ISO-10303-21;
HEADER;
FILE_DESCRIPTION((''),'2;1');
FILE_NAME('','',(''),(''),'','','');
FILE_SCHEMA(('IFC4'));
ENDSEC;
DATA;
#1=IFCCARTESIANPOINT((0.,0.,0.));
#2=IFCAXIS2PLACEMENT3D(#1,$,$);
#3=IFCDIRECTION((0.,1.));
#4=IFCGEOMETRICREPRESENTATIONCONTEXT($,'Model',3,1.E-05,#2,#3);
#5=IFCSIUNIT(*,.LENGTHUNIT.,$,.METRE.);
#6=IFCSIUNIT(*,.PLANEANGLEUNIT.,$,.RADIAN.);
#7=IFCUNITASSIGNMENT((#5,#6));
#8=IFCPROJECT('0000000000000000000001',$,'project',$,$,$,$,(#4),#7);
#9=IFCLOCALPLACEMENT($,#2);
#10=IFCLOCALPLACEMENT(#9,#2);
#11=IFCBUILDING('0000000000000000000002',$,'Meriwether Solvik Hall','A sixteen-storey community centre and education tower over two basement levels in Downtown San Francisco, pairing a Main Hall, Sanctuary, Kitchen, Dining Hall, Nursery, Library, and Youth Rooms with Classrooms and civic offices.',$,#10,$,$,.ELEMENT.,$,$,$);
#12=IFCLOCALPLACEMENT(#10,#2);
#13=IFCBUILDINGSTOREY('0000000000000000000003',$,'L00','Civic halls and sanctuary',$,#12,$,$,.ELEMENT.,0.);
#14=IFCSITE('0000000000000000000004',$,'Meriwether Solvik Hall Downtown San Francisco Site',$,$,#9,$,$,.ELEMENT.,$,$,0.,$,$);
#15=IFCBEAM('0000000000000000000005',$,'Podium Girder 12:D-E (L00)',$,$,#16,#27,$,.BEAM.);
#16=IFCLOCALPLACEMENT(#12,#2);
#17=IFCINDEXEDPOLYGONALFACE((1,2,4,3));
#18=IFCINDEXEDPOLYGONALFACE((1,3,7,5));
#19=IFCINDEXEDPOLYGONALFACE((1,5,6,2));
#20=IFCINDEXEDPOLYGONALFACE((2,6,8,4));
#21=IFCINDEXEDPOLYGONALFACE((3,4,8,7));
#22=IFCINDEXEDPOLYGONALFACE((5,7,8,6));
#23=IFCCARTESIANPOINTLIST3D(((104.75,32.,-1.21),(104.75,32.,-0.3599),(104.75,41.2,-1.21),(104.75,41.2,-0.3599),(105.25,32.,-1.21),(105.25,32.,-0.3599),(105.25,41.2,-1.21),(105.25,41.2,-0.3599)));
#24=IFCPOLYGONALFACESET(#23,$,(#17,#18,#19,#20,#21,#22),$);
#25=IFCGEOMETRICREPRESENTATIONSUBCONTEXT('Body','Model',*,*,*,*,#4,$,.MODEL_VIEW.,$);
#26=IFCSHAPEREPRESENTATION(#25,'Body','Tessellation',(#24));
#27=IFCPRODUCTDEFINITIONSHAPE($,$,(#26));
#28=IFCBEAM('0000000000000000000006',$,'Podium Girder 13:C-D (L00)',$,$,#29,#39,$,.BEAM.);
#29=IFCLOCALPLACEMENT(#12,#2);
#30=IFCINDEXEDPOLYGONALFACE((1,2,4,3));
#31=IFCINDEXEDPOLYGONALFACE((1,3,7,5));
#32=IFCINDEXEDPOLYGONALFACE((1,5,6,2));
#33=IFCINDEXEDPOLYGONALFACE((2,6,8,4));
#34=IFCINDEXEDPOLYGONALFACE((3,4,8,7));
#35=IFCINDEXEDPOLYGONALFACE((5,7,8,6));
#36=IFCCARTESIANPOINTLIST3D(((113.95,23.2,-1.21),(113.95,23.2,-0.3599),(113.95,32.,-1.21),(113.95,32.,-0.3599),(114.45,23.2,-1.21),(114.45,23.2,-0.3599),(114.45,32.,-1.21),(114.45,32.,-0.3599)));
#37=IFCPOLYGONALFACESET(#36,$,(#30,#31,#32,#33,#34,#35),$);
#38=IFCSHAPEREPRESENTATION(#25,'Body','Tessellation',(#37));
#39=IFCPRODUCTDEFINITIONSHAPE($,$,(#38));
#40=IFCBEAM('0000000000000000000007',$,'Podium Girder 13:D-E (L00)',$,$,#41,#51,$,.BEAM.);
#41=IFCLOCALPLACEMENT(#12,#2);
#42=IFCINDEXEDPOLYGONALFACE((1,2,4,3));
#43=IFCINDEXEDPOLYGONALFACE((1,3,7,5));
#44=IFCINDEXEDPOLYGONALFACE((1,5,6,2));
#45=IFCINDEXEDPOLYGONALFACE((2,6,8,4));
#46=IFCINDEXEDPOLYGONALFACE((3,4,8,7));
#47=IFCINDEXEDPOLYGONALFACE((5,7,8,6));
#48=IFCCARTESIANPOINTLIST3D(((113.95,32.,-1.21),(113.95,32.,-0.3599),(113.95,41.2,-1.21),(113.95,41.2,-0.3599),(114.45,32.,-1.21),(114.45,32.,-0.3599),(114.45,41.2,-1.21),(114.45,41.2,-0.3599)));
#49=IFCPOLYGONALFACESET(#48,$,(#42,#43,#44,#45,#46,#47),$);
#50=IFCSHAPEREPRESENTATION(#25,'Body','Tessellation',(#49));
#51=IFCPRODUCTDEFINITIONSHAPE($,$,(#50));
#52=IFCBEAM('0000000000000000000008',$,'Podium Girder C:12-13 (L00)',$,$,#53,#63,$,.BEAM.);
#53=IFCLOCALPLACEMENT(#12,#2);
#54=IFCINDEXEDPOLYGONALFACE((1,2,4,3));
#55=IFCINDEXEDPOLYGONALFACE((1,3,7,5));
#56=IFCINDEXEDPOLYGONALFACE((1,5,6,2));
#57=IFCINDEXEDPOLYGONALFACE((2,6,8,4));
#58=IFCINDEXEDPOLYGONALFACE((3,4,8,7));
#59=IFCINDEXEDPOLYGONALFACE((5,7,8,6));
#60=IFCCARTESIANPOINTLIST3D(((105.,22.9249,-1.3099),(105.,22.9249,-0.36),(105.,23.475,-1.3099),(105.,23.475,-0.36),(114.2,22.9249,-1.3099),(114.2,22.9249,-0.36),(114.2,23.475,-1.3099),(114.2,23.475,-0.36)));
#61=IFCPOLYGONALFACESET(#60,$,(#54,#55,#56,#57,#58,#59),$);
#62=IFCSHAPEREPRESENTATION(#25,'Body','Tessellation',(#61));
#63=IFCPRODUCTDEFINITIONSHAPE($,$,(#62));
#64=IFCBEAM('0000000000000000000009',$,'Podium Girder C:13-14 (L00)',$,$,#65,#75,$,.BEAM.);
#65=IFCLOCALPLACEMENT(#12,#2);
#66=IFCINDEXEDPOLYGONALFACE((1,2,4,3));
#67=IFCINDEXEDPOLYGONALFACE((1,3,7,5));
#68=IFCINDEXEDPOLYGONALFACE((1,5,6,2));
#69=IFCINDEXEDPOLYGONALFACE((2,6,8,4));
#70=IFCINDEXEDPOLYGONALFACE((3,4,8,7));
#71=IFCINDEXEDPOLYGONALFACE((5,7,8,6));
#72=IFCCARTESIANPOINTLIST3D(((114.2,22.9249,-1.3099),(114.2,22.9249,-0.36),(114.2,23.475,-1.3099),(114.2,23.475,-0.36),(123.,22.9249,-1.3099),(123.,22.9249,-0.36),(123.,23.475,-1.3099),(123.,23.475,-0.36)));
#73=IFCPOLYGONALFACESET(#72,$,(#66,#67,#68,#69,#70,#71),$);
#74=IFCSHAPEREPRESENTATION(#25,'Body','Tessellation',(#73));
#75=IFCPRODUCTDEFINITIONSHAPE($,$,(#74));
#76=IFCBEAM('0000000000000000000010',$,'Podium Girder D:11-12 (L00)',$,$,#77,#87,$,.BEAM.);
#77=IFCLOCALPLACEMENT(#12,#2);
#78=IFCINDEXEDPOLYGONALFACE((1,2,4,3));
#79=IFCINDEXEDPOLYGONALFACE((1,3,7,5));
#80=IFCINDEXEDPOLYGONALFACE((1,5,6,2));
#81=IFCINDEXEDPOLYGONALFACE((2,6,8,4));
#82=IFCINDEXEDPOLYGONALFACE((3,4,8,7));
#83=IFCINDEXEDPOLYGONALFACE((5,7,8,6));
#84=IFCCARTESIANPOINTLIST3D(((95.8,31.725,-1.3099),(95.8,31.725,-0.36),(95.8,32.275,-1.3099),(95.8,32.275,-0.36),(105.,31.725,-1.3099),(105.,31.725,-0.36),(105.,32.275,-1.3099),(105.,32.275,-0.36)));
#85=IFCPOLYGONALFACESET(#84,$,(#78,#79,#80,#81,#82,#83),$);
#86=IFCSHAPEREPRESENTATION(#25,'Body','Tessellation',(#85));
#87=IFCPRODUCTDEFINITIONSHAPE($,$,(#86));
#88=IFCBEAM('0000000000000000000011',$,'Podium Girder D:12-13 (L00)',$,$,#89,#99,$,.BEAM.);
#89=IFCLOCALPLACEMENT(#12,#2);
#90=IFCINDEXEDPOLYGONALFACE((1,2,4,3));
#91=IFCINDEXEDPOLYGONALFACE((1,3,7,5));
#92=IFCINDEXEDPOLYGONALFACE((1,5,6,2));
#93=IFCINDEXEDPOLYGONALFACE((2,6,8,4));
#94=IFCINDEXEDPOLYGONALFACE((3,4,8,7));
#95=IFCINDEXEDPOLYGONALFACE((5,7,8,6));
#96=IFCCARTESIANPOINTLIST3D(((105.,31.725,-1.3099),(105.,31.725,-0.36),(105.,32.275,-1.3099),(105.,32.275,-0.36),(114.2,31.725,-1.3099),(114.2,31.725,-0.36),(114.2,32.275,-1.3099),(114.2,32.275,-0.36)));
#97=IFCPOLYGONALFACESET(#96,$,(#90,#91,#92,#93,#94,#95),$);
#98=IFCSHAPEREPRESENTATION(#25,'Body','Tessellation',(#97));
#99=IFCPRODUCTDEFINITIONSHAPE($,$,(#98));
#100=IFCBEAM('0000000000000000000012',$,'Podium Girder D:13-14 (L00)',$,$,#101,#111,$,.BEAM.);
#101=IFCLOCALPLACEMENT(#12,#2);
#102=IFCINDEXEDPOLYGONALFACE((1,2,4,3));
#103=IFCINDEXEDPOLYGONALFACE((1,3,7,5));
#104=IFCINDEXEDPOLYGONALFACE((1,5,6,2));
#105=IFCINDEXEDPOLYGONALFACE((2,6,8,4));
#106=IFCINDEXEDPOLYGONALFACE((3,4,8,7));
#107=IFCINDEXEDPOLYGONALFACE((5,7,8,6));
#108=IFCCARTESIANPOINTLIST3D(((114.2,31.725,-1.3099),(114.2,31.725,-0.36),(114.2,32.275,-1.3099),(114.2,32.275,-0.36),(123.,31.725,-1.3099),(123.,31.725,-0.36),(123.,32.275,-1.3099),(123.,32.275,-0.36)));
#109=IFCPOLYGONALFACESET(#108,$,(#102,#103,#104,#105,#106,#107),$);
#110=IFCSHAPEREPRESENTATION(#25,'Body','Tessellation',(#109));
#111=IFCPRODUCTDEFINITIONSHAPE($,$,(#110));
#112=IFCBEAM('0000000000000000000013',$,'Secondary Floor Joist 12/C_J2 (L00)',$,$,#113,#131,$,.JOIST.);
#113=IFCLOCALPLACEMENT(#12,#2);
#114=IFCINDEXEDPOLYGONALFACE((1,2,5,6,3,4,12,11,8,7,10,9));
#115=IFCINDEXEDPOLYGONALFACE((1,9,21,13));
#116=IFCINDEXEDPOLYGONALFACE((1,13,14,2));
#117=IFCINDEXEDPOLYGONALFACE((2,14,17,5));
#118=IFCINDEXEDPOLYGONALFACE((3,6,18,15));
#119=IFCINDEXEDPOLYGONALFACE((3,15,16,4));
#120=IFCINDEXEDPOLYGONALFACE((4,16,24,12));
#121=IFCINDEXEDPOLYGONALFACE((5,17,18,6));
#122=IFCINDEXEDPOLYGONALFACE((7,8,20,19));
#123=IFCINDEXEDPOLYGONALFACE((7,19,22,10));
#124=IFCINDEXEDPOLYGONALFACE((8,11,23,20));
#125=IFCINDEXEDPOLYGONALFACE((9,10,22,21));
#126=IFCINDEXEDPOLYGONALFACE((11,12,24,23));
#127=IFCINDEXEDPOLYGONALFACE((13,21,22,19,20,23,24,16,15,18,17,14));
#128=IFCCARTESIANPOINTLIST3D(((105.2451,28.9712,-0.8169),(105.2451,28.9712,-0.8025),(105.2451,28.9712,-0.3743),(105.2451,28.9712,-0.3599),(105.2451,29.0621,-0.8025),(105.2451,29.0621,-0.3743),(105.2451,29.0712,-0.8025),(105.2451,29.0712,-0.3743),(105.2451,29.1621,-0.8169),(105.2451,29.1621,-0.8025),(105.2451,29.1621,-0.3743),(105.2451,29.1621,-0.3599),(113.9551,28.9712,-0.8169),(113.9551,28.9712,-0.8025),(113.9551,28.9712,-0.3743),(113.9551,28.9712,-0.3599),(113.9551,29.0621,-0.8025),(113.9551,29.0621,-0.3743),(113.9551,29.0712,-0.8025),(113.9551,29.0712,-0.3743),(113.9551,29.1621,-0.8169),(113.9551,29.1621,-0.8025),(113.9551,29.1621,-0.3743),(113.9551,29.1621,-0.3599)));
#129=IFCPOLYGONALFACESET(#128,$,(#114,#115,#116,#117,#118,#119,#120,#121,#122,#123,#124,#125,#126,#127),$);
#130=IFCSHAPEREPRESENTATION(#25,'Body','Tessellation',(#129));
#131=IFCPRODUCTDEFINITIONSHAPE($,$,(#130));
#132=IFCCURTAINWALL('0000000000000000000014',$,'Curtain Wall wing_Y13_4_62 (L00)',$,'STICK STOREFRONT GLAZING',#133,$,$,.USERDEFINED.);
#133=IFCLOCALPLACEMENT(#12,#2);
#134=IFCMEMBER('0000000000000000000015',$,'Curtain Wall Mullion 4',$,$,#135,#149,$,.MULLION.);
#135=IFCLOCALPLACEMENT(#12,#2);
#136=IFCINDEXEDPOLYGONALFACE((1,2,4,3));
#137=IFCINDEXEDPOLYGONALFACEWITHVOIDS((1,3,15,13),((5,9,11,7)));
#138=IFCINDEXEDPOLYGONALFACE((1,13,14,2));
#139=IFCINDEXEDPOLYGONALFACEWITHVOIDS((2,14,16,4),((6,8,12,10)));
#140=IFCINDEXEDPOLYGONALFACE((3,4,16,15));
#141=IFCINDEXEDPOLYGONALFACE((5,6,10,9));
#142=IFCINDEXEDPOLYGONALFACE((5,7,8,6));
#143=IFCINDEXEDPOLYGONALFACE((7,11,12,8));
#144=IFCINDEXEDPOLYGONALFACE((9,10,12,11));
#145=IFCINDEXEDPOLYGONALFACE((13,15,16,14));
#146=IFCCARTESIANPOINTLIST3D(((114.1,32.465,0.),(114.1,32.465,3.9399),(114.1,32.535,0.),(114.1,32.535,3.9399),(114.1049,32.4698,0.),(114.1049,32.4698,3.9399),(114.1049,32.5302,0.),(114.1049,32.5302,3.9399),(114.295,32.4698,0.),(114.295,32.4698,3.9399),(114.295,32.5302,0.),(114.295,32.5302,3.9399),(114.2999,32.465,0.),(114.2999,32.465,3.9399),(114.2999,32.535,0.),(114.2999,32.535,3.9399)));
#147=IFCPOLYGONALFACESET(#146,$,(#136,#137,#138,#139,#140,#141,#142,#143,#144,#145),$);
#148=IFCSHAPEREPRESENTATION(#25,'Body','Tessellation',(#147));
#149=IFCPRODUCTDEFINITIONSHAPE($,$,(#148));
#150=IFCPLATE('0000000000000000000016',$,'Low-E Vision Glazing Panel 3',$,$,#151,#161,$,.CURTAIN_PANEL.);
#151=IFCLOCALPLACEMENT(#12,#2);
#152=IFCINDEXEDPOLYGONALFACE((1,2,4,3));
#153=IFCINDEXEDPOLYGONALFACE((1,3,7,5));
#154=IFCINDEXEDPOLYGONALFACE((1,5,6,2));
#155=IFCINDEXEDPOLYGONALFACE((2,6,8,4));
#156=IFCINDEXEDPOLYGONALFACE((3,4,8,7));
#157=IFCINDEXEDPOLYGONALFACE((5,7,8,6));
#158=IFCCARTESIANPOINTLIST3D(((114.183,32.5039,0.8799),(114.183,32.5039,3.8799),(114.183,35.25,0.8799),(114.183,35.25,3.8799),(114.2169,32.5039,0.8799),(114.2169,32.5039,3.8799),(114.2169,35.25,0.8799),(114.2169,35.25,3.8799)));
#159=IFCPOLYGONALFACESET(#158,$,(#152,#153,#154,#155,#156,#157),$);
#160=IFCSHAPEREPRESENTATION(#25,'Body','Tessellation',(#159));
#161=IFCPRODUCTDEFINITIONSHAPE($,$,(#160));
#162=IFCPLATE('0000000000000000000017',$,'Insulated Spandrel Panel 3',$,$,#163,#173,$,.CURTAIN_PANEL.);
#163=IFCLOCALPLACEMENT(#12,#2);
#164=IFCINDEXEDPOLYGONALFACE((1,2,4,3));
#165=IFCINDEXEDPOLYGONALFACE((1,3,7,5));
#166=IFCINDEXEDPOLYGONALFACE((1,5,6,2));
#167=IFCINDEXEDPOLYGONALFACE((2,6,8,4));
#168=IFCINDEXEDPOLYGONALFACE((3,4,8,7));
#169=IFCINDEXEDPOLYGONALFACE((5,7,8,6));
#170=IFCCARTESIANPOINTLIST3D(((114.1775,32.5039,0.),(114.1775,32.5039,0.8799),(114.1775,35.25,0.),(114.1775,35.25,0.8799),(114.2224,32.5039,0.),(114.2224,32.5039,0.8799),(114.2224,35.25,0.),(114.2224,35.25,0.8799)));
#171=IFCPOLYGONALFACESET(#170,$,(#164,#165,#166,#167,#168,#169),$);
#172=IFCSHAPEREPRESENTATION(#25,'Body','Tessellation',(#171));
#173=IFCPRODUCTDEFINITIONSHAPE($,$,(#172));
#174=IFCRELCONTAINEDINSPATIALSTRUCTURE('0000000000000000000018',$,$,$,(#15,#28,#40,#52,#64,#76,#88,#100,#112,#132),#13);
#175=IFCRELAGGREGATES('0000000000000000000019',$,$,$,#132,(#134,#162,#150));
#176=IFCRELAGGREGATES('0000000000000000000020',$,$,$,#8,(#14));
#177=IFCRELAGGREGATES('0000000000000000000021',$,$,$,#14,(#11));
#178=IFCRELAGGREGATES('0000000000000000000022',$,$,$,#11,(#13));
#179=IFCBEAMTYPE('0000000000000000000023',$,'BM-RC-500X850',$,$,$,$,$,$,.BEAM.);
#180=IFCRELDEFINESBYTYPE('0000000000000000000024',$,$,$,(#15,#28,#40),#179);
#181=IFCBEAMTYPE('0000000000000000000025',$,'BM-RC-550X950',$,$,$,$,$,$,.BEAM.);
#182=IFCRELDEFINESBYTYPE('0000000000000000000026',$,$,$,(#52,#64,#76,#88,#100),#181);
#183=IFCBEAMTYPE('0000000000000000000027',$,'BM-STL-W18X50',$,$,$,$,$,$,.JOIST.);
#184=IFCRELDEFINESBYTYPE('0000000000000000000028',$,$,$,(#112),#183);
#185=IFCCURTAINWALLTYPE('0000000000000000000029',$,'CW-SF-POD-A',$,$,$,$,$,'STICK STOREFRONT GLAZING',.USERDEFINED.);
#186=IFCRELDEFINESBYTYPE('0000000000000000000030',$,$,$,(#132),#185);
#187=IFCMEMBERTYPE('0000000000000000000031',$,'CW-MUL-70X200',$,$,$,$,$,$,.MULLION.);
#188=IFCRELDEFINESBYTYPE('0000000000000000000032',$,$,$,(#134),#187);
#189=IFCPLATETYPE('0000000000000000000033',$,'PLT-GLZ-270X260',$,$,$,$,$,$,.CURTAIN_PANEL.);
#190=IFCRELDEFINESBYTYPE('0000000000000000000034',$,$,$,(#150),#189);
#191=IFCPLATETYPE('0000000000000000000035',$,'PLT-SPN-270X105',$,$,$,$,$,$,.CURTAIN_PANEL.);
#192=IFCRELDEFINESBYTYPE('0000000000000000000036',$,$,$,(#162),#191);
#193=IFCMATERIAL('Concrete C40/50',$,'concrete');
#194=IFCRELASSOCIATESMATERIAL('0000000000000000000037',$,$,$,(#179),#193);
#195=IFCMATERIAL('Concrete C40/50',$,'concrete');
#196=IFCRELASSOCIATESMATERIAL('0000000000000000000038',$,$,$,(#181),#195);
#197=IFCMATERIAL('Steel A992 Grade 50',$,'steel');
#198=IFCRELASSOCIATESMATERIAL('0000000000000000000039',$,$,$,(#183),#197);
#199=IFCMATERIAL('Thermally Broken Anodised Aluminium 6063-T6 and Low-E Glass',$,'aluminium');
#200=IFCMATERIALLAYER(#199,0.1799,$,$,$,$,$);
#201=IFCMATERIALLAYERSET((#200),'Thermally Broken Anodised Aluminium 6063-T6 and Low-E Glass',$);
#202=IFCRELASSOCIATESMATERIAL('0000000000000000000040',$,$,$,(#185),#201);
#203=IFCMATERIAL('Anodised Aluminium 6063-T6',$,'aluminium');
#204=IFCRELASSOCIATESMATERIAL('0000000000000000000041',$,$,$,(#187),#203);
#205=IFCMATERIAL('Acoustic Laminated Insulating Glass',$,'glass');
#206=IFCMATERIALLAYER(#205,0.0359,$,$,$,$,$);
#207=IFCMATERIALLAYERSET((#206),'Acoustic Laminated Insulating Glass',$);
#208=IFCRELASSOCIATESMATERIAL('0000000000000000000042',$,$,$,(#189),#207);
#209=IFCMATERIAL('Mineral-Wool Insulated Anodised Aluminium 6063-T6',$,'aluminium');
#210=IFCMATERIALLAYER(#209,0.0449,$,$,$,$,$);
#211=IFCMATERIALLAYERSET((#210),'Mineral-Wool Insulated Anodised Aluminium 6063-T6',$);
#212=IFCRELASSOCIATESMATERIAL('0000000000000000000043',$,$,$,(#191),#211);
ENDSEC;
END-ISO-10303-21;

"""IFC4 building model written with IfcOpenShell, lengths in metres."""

from ifc_helpers import new_model, si_unit, direction, frame, origin, origin_2d, place, context, subcontext, project, spatial, rectangle, hollow_rectangle, i_section, extrude, material, layer, layer_set, material_profile, profile_set, type_object, element, aggregate, save


model = new_model("IFC4")

# Units and contexts
model_context = context("Model", 3, precision=1e-05, world=origin(), true_north=direction((0.0, 1.0)))
body_context = subcontext(model_context, "Body", "Model", "MODEL_VIEW")
ifc_project = project(units=[si_unit("LENGTHUNIT", "METRE"), si_unit("PLANEANGLEUNIT", "RADIAN")], contexts=[model_context])

# Site, building, storey
site_placement = place(None, origin())
site = spatial("IfcSite", under=ifc_project, at=site_placement, Name="Meriwether Solvik Hall Downtown San Francisco Site", CompositionType="ELEMENT", RefElevation=0.0)
building_placement = place(site_placement, origin())
building = spatial("IfcBuilding", under=site, at=building_placement, Name="Meriwether Solvik Hall", Description="A sixteen-storey community centre and education tower over two basement levels in Downtown San Francisco, pairing a Main Hall, Sanctuary, Kitchen, Dining Hall, Nursery, Library, and Youth Rooms with Classrooms and civic offices.", CompositionType="ELEMENT")
storey_placement = place(building_placement, origin())
storey = spatial("IfcBuildingStorey", under=building, at=storey_placement, Name="L00", Description="Civic halls and sanctuary", CompositionType="ELEMENT", Elevation=0.0)

# Beams
ifc_material_1 = material(Name="Concrete C40/50", Category="concrete")
ifc_material_profile_1 = material_profile(ifc_material_1, rectangle(XDim=0.5, YDim=0.8501, at=origin_2d()), Name="RCB-500X850")
ifc_profile_set_1 = profile_set([ifc_material_profile_1], Name="Concrete C40/50")
beam_type_1 = type_object("IfcBeamType", Name="BM-RC-500X850", PredefinedType="BEAM", material=ifc_profile_set_1)
beam_1_placement = place(storey_placement, frame((105.0, 32.0, -0.7849), z_axis=(0.0, 1.0, 0.0), x_axis=(-1.0, 0.0, 0.0)))
element("IfcBeam", 1, at=beam_1_placement, inside=storey, type_object=beam_type_1, Name="Podium Girder 12:D-E (L00)", PredefinedType="BEAM", context=body_context, shape_type="SweptSolid", body=[
    extrude(rectangle(XDim=0.5, YDim=0.8501, at=origin_2d()), origin(), (0.0, 0.0, 1.0), 9.2),
])
beam_2_placement = place(storey_placement, frame((114.2, 23.2, -0.7849), z_axis=(0.0, 1.0, 0.0), x_axis=(-1.0, 0.0, 0.0)))
element("IfcBeam", 2, at=beam_2_placement, inside=storey, type_object=beam_type_1, Name="Podium Girder 13:C-D (L00)", PredefinedType="BEAM", context=body_context, shape_type="SweptSolid", body=[
    extrude(rectangle(XDim=0.5, YDim=0.8501, at=origin_2d()), origin(), (0.0, 0.0, 1.0), 8.8),
])
beam_3_placement = place(storey_placement, frame((114.2, 32.0, -0.7849), z_axis=(0.0, 1.0, 0.0), x_axis=(-1.0, 0.0, 0.0)))
element("IfcBeam", 3, at=beam_3_placement, inside=storey, type_object=beam_type_1, Name="Podium Girder 13:D-E (L00)", PredefinedType="BEAM", context=body_context, shape_type="SweptSolid", body=[
    extrude(rectangle(XDim=0.5, YDim=0.8501, at=origin_2d()), origin(), (0.0, 0.0, 1.0), 9.2),
])
ifc_material_2 = material(Name="Concrete C40/50", Category="concrete")
ifc_material_profile_2 = material_profile(ifc_material_2, rectangle(XDim=0.55, YDim=0.95, at=origin_2d()), Name="RCB-550X950")
ifc_profile_set_2 = profile_set([ifc_material_profile_2], Name="Concrete C40/50")
beam_type_2 = type_object("IfcBeamType", Name="BM-RC-550X950", PredefinedType="BEAM", material=ifc_profile_set_2)
beam_4_placement = place(storey_placement, frame((105.0, 23.2, -0.835), z_axis=(1.0, 0.0, 0.0), x_axis=(0.0, 1.0, 0.0)))
element("IfcBeam", 4, at=beam_4_placement, inside=storey, type_object=beam_type_2, Name="Podium Girder C:12-13 (L00)", PredefinedType="BEAM", context=body_context, shape_type="SweptSolid", body=[
    extrude(rectangle(XDim=0.55, YDim=0.95, at=origin_2d()), origin(), (0.0, 0.0, 1.0), 9.2),
])
beam_5_placement = place(storey_placement, frame((114.2, 23.2, -0.835), z_axis=(1.0, 0.0, 0.0), x_axis=(0.0, 1.0, 0.0)))
element("IfcBeam", 5, at=beam_5_placement, inside=storey, type_object=beam_type_2, Name="Podium Girder C:13-14 (L00)", PredefinedType="BEAM", context=body_context, shape_type="SweptSolid", body=[
    extrude(rectangle(XDim=0.55, YDim=0.95, at=origin_2d()), origin(), (0.0, 0.0, 1.0), 8.8),
])
for number, where, z_axis, x_axis, name in (
    (6, (95.8, 32.0, -0.835), (1.0, 0.0, 0.0), (0.0, 1.0, 0.0), "Podium Girder D:11-12 (L00)"),
    (7, (105.0, 32.0, -0.835), (1.0, 0.0, 0.0), (0.0, 1.0, 0.0), "Podium Girder D:12-13 (L00)"),
):
    element("IfcBeam", number, at=place(storey_placement, frame(where, z_axis=z_axis, x_axis=x_axis)), inside=storey, type_object=beam_type_2, Name=name, PredefinedType="BEAM", context=body_context, shape_type="SweptSolid", body=[
        extrude(rectangle(XDim=0.55, YDim=0.95, at=origin_2d()), origin(), (0.0, 0.0, 1.0), 9.2),
    ])
beam_6_placement = place(storey_placement, frame((114.2, 32.0, -0.835), z_axis=(1.0, 0.0, 0.0), x_axis=(0.0, 1.0, 0.0)))
element("IfcBeam", 8, at=beam_6_placement, inside=storey, type_object=beam_type_2, Name="Podium Girder D:13-14 (L00)", PredefinedType="BEAM", context=body_context, shape_type="SweptSolid", body=[
    extrude(rectangle(XDim=0.55, YDim=0.95, at=origin_2d()), origin(), (0.0, 0.0, 1.0), 8.8),
])
ifc_material_3 = material(Name="Steel A992 Grade 50", Category="steel")
ifc_material_profile_3 = material_profile(ifc_material_3, i_section(OverallWidth=0.1909, OverallDepth=0.457, WebThickness=0.009, FlangeThickness=0.0144, at=origin_2d()), Name="W18X50")
ifc_profile_set_3 = profile_set([ifc_material_profile_3], Name="Steel A992 Grade 50")
beam_type_3 = type_object("IfcBeamType", Name="BM-STL-W18X50", PredefinedType="JOIST", material=ifc_profile_set_3)
beam_7_placement = place(storey_placement, frame((105.2451, 29.0667, -0.5884), z_axis=(1.0, 0.0, 0.0), x_axis=(0.0, 1.0, 0.0)))
element("IfcBeam", 9, at=beam_7_placement, inside=storey, type_object=beam_type_3, Name="Secondary Floor Joist 12/C_J2 (L00)", PredefinedType="JOIST", context=body_context, shape_type="SweptSolid", body=[
    extrude(i_section(OverallWidth=0.1909, OverallDepth=0.457, WebThickness=0.009, FlangeThickness=0.0144, at=origin_2d()), origin(), (0.0, 0.0, 1.0), 8.71),
])

# Curtain wall, member, plates
ifc_material_4 = material(Name="Thermally Broken Anodised Aluminium 6063-T6 and Low-E Glass", Category="aluminium")
ifc_layer_1 = layer(ifc_material_4, 0.1799)
ifc_layer_set_1 = layer_set([ifc_layer_1], Name="Thermally Broken Anodised Aluminium 6063-T6 and Low-E Glass")
curtain_wall_type = type_object("IfcCurtainWallType", Name="CW-SF-POD-A", ElementType="STICK STOREFRONT GLAZING", PredefinedType="USERDEFINED", material=ifc_layer_set_1)
curtain_wall_placement = place(storey_placement, origin())
curtain_wall = element("IfcCurtainWall", 10, at=curtain_wall_placement, inside=storey, type_object=curtain_wall_type, Name="Curtain Wall wing_Y13_4_62 (L00)", ObjectType="STICK STOREFRONT GLAZING", PredefinedType="USERDEFINED")
ifc_material_5 = material(Name="Anodised Aluminium 6063-T6", Category="aluminium")
ifc_material_profile_4 = material_profile(ifc_material_5, hollow_rectangle(XDim=0.0701, YDim=0.2, WallThickness=0.0049, at=origin_2d()), Name="CWM-70X200")
ifc_profile_set_4 = profile_set([ifc_material_profile_4], Name="Anodised Aluminium 6063-T6")
member_type = type_object("IfcMemberType", Name="CW-MUL-70X200", PredefinedType="MULLION", material=ifc_profile_set_4)
member_placement = place(storey_placement, frame((114.2, 32.5, 0.0), z_axis=(0.0, 0.0, 1.0), x_axis=(0.0, -1.0, 0.0)))
member = element("IfcMember", 11, at=member_placement, type_object=member_type, Name="Curtain Wall Mullion 4", PredefinedType="MULLION", context=body_context, shape_type="SweptSolid", body=[
    extrude(hollow_rectangle(XDim=0.0701, YDim=0.2, WallThickness=0.0049, at=origin_2d()), origin(), (0.0, 0.0, 1.0), 3.9399),
])
ifc_material_6 = material(Name="Acoustic Laminated Insulating Glass", Category="glass")
ifc_layer_2 = layer(ifc_material_6, 0.0359)
ifc_layer_set_2 = layer_set([ifc_layer_2], Name="Acoustic Laminated Insulating Glass")
plate_type_1 = type_object("IfcPlateType", Name="PLT-GLZ-270X260", PredefinedType="CURTAIN_PANEL", material=ifc_layer_set_2)
plate_1_placement = place(storey_placement, frame((114.2, 33.877, 0.8799), z_axis=(0.0, 0.0, 1.0), x_axis=(0.0, -1.0, 0.0)))
plate_1 = element("IfcPlate", 12, at=plate_1_placement, type_object=plate_type_1, Name="Low-E Vision Glazing Panel 3", PredefinedType="CURTAIN_PANEL", context=body_context, shape_type="SweptSolid", body=[
    extrude(rectangle(XDim=2.7461, YDim=0.0339, at=origin_2d()), origin(), (0.0, 0.0, 1.0), 3.0),
])
ifc_material_7 = material(Name="Mineral-Wool Insulated Anodised Aluminium 6063-T6", Category="aluminium")
ifc_layer_3 = layer(ifc_material_7, 0.0449)
ifc_layer_set_3 = layer_set([ifc_layer_3], Name="Mineral-Wool Insulated Anodised Aluminium 6063-T6")
plate_type_2 = type_object("IfcPlateType", Name="PLT-SPN-270X105", PredefinedType="CURTAIN_PANEL", material=ifc_layer_set_3)
plate_2_placement = place(storey_placement, frame((114.2, 33.877, 0.0), z_axis=(0.0, 0.0, 1.0), x_axis=(0.0, -1.0, 0.0)))
plate_2 = element("IfcPlate", 13, at=plate_2_placement, type_object=plate_type_2, Name="Insulated Spandrel Panel 3", PredefinedType="CURTAIN_PANEL", context=body_context, shape_type="SweptSolid", body=[
    extrude(rectangle(XDim=2.7461, YDim=0.0449, at=origin_2d()), origin(), (0.0, 0.0, 1.0), 0.8799),
])
aggregate(curtain_wall, [member, plate_2, plate_1])

save(model, "model.ifc")
